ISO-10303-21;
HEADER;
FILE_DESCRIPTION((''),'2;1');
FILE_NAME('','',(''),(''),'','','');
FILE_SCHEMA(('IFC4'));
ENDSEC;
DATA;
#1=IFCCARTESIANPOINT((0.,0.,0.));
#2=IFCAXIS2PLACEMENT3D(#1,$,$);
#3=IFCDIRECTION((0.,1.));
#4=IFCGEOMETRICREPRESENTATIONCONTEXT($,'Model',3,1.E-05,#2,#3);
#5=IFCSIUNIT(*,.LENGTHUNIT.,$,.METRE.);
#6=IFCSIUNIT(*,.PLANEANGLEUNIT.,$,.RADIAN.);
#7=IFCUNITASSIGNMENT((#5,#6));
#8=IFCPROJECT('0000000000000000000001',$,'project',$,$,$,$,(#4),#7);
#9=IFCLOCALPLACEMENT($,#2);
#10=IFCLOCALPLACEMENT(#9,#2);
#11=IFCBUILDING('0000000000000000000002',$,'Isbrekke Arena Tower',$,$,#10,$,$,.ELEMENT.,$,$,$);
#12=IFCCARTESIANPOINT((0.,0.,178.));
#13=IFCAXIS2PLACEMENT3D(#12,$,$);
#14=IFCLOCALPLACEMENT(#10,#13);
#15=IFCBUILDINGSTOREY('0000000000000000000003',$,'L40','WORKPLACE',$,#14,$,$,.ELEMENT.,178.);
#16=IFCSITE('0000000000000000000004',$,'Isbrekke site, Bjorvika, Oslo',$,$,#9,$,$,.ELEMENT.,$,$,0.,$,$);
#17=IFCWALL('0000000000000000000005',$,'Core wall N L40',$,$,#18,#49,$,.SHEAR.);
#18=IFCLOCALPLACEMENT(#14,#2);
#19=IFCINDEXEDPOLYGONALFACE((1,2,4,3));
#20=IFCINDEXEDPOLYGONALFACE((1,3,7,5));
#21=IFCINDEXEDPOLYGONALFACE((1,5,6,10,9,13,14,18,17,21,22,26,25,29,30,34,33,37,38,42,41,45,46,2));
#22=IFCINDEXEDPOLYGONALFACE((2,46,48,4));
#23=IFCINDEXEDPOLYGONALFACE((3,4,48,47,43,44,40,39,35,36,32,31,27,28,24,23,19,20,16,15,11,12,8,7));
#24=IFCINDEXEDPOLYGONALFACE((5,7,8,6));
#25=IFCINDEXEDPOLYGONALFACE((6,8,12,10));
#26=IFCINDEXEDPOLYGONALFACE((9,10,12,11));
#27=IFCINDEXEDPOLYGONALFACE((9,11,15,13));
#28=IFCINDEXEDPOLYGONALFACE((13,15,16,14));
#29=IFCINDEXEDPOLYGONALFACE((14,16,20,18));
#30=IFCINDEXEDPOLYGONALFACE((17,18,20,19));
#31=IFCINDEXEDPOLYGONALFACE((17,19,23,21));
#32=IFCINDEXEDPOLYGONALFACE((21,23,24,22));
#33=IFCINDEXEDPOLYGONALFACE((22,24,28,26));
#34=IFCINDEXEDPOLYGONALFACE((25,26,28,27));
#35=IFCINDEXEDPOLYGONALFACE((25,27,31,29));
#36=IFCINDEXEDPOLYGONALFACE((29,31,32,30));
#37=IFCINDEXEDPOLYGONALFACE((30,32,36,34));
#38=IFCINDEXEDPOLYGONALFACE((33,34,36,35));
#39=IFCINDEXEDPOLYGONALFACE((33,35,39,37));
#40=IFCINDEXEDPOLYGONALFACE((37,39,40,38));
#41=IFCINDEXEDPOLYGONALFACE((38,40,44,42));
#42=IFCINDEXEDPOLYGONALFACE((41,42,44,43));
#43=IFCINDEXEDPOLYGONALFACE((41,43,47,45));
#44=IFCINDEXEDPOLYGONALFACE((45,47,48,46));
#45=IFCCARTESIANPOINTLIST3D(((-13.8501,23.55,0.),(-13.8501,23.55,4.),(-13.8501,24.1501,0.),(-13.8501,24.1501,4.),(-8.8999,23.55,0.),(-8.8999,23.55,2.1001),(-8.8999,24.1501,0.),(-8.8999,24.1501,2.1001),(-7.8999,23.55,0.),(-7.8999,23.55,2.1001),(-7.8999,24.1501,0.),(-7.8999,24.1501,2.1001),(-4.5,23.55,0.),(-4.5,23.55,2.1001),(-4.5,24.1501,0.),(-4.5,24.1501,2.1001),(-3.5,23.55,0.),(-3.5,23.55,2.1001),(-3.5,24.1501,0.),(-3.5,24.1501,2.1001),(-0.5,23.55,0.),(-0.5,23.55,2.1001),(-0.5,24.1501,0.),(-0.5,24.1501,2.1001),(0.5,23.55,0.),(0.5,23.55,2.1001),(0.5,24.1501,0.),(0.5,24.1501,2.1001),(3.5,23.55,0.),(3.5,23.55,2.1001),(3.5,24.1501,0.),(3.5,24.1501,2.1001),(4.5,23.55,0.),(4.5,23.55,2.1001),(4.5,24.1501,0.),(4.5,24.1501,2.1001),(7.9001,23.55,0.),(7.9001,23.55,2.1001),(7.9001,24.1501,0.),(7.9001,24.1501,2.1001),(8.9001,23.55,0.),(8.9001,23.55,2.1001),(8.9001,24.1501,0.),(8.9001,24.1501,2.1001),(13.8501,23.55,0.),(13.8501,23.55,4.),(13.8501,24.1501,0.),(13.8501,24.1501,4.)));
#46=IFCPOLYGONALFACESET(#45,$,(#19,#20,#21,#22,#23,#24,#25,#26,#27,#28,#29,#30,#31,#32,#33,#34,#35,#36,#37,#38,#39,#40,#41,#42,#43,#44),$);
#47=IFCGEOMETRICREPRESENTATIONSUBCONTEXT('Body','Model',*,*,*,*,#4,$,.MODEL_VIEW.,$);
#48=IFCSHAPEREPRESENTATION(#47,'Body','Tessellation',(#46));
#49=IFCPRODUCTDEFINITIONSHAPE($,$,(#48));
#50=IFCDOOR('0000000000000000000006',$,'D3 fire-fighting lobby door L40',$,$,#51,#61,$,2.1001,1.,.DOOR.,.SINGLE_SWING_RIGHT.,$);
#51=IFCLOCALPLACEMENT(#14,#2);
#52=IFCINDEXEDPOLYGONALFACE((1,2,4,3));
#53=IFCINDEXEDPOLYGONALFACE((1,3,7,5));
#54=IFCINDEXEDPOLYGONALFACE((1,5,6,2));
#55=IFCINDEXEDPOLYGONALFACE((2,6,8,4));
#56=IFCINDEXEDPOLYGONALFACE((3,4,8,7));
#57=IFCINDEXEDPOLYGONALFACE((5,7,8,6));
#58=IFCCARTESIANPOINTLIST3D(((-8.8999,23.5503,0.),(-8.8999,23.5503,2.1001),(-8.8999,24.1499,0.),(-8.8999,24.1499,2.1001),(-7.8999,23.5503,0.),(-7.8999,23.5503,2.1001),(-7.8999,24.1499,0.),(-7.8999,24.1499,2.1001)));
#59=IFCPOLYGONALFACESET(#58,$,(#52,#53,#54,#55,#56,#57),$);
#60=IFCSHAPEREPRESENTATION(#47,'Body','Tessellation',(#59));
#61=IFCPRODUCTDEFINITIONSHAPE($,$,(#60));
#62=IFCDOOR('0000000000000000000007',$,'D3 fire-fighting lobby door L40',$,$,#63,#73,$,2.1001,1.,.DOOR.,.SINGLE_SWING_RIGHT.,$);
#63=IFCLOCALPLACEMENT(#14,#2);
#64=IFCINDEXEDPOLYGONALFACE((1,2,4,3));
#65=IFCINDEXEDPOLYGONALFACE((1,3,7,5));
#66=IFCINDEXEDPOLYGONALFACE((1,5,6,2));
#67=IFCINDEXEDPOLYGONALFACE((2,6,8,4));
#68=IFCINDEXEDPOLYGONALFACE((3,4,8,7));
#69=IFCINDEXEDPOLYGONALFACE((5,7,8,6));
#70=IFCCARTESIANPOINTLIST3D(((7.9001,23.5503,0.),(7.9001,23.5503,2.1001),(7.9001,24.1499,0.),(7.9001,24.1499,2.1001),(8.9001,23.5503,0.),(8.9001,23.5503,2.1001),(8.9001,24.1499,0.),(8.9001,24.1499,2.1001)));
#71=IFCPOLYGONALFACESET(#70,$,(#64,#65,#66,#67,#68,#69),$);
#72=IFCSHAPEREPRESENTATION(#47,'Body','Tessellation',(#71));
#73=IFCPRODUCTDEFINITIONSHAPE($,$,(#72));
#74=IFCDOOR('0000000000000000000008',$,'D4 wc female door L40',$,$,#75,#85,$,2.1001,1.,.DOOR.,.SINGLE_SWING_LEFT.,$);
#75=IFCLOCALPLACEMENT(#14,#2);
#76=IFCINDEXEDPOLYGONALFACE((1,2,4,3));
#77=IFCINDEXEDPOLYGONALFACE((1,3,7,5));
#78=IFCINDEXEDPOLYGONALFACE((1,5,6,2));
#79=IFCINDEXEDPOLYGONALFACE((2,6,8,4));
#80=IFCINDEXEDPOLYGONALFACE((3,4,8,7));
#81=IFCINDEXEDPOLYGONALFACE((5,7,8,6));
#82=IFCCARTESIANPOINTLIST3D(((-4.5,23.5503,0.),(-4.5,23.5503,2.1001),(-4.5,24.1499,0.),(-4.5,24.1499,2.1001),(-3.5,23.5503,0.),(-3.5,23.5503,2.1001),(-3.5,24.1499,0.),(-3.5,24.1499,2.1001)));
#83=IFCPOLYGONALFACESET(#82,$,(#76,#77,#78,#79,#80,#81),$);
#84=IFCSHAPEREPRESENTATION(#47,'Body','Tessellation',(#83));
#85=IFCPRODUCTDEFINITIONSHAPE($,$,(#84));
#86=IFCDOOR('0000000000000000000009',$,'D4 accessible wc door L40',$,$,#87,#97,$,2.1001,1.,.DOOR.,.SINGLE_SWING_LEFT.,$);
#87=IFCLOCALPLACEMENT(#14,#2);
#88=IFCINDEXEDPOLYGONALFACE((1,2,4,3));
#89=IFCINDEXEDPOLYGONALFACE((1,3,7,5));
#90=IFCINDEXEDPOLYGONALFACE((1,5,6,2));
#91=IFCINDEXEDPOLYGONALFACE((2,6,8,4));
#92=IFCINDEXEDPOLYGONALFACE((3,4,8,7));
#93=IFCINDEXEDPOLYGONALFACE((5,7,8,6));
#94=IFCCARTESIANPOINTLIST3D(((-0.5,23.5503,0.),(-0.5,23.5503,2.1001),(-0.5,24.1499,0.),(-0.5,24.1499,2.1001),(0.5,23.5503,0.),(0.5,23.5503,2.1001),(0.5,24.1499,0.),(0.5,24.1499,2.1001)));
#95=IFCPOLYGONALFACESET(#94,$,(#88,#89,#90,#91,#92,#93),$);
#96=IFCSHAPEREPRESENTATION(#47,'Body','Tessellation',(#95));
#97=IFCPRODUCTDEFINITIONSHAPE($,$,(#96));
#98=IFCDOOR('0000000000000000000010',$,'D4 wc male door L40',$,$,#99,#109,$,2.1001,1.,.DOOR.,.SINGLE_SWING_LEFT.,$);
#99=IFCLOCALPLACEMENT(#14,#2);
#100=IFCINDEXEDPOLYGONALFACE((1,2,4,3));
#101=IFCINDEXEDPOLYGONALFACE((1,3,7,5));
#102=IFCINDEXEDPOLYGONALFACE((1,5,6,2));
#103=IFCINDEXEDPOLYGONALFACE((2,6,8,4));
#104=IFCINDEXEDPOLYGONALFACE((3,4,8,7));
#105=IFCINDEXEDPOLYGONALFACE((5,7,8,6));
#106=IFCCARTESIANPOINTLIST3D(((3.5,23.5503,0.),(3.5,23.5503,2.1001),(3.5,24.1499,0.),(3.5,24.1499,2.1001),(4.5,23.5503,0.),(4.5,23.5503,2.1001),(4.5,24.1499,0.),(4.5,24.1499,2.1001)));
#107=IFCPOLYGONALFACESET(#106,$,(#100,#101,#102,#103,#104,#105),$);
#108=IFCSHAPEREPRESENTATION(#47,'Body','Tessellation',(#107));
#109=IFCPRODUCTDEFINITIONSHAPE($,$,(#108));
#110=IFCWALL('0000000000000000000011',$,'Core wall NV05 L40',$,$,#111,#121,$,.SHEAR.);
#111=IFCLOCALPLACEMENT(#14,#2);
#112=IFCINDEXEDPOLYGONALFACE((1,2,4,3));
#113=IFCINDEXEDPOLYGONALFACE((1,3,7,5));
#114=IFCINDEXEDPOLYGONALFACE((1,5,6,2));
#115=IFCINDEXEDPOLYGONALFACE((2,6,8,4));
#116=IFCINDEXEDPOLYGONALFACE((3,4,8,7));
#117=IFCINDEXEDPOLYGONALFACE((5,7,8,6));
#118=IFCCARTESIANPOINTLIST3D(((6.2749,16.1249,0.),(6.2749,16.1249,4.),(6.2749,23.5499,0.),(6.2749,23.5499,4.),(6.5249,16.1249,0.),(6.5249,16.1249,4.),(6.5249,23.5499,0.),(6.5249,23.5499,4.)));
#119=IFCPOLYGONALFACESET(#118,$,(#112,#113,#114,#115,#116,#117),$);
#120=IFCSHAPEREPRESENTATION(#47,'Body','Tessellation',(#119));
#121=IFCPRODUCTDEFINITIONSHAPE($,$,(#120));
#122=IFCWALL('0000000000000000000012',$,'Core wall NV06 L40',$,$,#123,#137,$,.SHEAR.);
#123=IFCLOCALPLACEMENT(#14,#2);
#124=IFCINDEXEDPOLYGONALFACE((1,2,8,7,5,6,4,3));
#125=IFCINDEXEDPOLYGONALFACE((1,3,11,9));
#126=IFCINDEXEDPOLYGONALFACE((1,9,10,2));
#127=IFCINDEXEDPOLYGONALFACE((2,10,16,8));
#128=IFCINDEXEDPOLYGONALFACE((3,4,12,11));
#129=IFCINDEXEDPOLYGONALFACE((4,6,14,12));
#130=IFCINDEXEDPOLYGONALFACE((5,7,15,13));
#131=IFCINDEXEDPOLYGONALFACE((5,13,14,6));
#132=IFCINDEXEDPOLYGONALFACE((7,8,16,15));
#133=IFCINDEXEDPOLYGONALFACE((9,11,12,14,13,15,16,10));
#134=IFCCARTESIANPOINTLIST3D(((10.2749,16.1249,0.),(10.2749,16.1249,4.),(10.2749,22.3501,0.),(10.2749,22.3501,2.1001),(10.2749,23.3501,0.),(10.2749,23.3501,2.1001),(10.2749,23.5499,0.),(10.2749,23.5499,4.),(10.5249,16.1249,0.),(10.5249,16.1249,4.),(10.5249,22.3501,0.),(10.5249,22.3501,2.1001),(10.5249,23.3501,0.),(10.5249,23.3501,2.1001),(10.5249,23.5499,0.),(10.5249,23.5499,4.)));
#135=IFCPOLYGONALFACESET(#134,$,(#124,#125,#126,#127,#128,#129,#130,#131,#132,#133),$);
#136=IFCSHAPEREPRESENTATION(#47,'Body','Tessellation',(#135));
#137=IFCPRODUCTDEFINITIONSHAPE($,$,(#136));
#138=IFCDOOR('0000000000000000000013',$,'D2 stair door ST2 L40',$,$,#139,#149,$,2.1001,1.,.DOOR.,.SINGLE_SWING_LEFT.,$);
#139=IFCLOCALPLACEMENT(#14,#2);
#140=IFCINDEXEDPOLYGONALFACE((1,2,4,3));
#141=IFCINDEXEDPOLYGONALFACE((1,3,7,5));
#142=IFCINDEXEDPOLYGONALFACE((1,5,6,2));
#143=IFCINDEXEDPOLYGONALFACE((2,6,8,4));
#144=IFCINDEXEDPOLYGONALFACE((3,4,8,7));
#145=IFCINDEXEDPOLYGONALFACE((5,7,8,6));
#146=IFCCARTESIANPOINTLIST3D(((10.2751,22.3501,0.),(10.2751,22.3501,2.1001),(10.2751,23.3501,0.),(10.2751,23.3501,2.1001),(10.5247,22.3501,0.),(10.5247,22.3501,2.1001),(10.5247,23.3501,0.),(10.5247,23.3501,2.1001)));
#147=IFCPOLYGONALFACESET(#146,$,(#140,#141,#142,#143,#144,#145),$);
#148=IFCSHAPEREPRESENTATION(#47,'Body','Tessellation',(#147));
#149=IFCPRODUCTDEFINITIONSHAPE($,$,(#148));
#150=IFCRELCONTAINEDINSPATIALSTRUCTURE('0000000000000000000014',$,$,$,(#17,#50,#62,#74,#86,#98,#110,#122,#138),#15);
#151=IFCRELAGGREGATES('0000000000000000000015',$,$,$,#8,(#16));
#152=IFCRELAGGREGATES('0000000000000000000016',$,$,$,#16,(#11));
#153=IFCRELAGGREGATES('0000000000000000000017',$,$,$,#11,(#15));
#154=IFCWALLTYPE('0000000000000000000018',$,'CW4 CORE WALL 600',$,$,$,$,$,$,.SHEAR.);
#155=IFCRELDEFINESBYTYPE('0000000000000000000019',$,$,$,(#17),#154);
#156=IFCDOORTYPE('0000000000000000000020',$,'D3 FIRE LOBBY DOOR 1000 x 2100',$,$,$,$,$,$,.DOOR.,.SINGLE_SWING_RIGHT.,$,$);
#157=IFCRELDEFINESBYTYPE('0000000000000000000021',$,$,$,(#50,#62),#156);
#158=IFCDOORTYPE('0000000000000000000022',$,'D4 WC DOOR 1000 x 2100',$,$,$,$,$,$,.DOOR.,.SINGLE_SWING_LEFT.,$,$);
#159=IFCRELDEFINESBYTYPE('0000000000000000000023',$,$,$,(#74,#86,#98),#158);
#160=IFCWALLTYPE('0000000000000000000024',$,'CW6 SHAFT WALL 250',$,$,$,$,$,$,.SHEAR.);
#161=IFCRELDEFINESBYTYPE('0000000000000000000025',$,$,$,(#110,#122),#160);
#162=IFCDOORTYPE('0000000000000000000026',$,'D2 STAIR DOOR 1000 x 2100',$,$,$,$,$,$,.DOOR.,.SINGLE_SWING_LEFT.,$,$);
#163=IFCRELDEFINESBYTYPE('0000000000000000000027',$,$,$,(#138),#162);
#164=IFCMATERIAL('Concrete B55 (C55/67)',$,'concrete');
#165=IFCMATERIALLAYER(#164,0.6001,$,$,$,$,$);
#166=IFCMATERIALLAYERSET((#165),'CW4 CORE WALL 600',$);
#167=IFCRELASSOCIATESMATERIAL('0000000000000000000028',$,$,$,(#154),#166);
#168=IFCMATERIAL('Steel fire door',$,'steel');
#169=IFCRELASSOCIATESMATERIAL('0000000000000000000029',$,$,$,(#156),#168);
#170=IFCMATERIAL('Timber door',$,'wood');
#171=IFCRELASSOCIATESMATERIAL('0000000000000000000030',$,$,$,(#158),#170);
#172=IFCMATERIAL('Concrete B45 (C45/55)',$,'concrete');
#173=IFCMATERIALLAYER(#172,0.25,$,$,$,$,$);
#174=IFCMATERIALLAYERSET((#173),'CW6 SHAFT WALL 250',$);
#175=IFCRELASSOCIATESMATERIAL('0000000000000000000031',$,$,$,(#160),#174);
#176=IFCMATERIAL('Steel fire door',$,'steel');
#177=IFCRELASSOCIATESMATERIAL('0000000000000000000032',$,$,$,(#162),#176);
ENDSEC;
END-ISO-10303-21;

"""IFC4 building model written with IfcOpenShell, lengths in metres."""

from ifc_helpers import new_model, si_unit, direction, frame, frame_2d, origin, place, context, subcontext, project, spatial, rectangle, extrude, material, layer, layer_set, type_object, element, fill, save


model = new_model("IFC4")

# Units and contexts
model_context = context("Model", 3, precision=1e-05, world=origin(), true_north=direction((0.0, 1.0)))
body_context = subcontext(model_context, "Body", "Model", "MODEL_VIEW")
ifc_project = project(units=[si_unit("LENGTHUNIT", "METRE"), si_unit("PLANEANGLEUNIT", "RADIAN")], contexts=[model_context])

# Site, building, storey
site_placement = place(None, origin())
site = spatial("IfcSite", under=ifc_project, at=site_placement, Name="Isbrekke site, Bjorvika, Oslo", CompositionType="ELEMENT", RefElevation=0.0)
building_placement = place(site_placement, origin())
building = spatial("IfcBuilding", under=site, at=building_placement, Name="Isbrekke Arena Tower", CompositionType="ELEMENT")
storey_placement = place(building_placement, frame((0.0, 0.0, 178.0)))
storey = spatial("IfcBuildingStorey", under=building, at=storey_placement, Name="L40", Description="WORKPLACE", CompositionType="ELEMENT", Elevation=178.0)

# Wall, openings, doors
ifc_material_1 = material(Name="Concrete B55 (C55/67)", Category="concrete")
ifc_layer_1 = layer(ifc_material_1, 0.6001)
ifc_layer_set_1 = layer_set([ifc_layer_1], Name="CW4 CORE WALL 600")
wall_type_1 = type_object("IfcWallType", Name="CW4 CORE WALL 600", PredefinedType="SHEAR", material=ifc_layer_set_1)
wall_1_placement = place(storey_placement, frame((13.8501, 23.8501, 0.0), z_axis=(0.0, 0.0, 1.0), x_axis=(-1.0, 0.0, 0.0)))
wall_1 = element("IfcWall", 1, at=wall_1_placement, inside=storey, type_object=wall_type_1, Name="Core wall N L40", PredefinedType="SHEAR", context=body_context, shape_type="SweptSolid", body=[
    extrude(rectangle(XDim=27.7002, YDim=0.6001, at=frame_2d((13.8501, 0.0))), origin(), (0.0, 0.0, 1.0), 4.0),
])
opening_1_placement = place(wall_1_placement, frame((21.75, 0.0, 0.0)))
opening_1 = element("IfcOpeningElement", 2, at=opening_1_placement, cuts=wall_1, PredefinedType="OPENING", context=body_context, shape_type="SweptSolid", body=[
    extrude(rectangle(XDim=1.0, YDim=2.1001, at=frame_2d((0.5, 1.05))), frame((0.0, 0.3149, 0.0), z_axis=(0.0, -1.0, 0.0), x_axis=(1.0, 0.0, 0.0)), (0.0, 0.0, 1.0), 0.6299),
])
opening_2_placement = place(wall_1_placement, frame((4.95, 0.0, 0.0)))
opening_2 = element("IfcOpeningElement", 3, at=opening_2_placement, cuts=wall_1, PredefinedType="OPENING", context=body_context, shape_type="SweptSolid", body=[
    extrude(rectangle(XDim=1.0, YDim=2.1001, at=frame_2d((0.5, 1.05))), frame((0.0, 0.3149, 0.0), z_axis=(0.0, -1.0, 0.0), x_axis=(1.0, 0.0, 0.0)), (0.0, 0.0, 1.0), 0.6299),
])
opening_3_placement = place(wall_1_placement, frame((17.3501, 0.0, 0.0)))
opening_3 = element("IfcOpeningElement", 4, at=opening_3_placement, cuts=wall_1, PredefinedType="OPENING", context=body_context, shape_type="SweptSolid", body=[
    extrude(rectangle(XDim=1.0, YDim=2.1001, at=frame_2d((0.5, 1.05))), frame((0.0, 0.3149, 0.0), z_axis=(0.0, -1.0, 0.0), x_axis=(1.0, 0.0, 0.0)), (0.0, 0.0, 1.0), 0.6299),
])
opening_4_placement = place(wall_1_placement, frame((13.3501, 0.0, 0.0)))
opening_4 = element("IfcOpeningElement", 5, at=opening_4_placement, cuts=wall_1, PredefinedType="OPENING", context=body_context, shape_type="SweptSolid", body=[
    extrude(rectangle(XDim=1.0, YDim=2.1001, at=frame_2d((0.5, 1.05))), frame((0.0, 0.3149, 0.0), z_axis=(0.0, -1.0, 0.0), x_axis=(1.0, 0.0, 0.0)), (0.0, 0.0, 1.0), 0.6299),
])
opening_5_placement = place(wall_1_placement, frame((9.3501, 0.0, 0.0)))
opening_5 = element("IfcOpeningElement", 6, at=opening_5_placement, cuts=wall_1, PredefinedType="OPENING", context=body_context, shape_type="SweptSolid", body=[
    extrude(rectangle(XDim=1.0, YDim=2.1001, at=frame_2d((0.5, 1.05))), frame((0.0, 0.3149, 0.0), z_axis=(0.0, -1.0, 0.0), x_axis=(1.0, 0.0, 0.0)), (0.0, 0.0, 1.0), 0.6299),
])
ifc_material_2 = material(Name="Steel fire door", Category="steel")
door_type_1 = type_object("IfcDoorType", Name="D3 FIRE LOBBY DOOR 1000 x 2100", OperationType="SINGLE_SWING_RIGHT", PredefinedType="DOOR", material=ifc_material_2)
door_1_placement = place(opening_1_placement, origin())
door_1 = element("IfcDoor", 7, at=door_1_placement, inside=storey, type_object=door_type_1, Name="D3 fire-fighting lobby door L40", OperationType="SINGLE_SWING_RIGHT", OverallHeight=2.1001, OverallWidth=1.0, PredefinedType="DOOR", context=body_context, shape_type="SweptSolid", body=[
    extrude(rectangle(XDim=1.0, YDim=2.1001, at=frame_2d((0.5, 1.05))), frame((0.0, 0.2998, 0.0), z_axis=(0.0, -1.0, 0.0), x_axis=(1.0, 0.0, 0.0)), (0.0, 0.0, 1.0), 0.5996),
])
fill(opening_1, door_1)
door_2_placement = place(opening_2_placement, origin())
door_2 = element("IfcDoor", 8, at=door_2_placement, inside=storey, type_object=door_type_1, Name="D3 fire-fighting lobby door L40", OperationType="SINGLE_SWING_RIGHT", OverallHeight=2.1001, OverallWidth=1.0, PredefinedType="DOOR", context=body_context, shape_type="SweptSolid", body=[
    extrude(rectangle(XDim=1.0, YDim=2.1001, at=frame_2d((0.5, 1.05))), frame((0.0, 0.2998, 0.0), z_axis=(0.0, -1.0, 0.0), x_axis=(1.0, 0.0, 0.0)), (0.0, 0.0, 1.0), 0.5996),
])
fill(opening_2, door_2)
ifc_material_3 = material(Name="Timber door", Category="wood")
door_type_2 = type_object("IfcDoorType", Name="D4 WC DOOR 1000 x 2100", OperationType="SINGLE_SWING_LEFT", PredefinedType="DOOR", material=ifc_material_3)
door_3_placement = place(opening_3_placement, origin())
door_3 = element("IfcDoor", 9, at=door_3_placement, inside=storey, type_object=door_type_2, Name="D4 wc female door L40", OperationType="SINGLE_SWING_LEFT", OverallHeight=2.1001, OverallWidth=1.0, PredefinedType="DOOR", context=body_context, shape_type="SweptSolid", body=[
    extrude(rectangle(XDim=1.0, YDim=2.1001, at=frame_2d((0.5, 1.05))), frame((0.0, 0.2998, 0.0), z_axis=(0.0, -1.0, 0.0), x_axis=(1.0, 0.0, 0.0)), (0.0, 0.0, 1.0), 0.5996),
])
fill(opening_3, door_3)
door_4_placement = place(opening_4_placement, origin())
door_4 = element("IfcDoor", 10, at=door_4_placement, inside=storey, type_object=door_type_2, Name="D4 accessible wc door L40", OperationType="SINGLE_SWING_LEFT", OverallHeight=2.1001, OverallWidth=1.0, PredefinedType="DOOR", context=body_context, shape_type="SweptSolid", body=[
    extrude(rectangle(XDim=1.0, YDim=2.1001, at=frame_2d((0.5, 1.05))), frame((0.0, 0.2998, 0.0), z_axis=(0.0, -1.0, 0.0), x_axis=(1.0, 0.0, 0.0)), (0.0, 0.0, 1.0), 0.5996),
])
fill(opening_4, door_4)
door_5_placement = place(opening_5_placement, origin())
door_5 = element("IfcDoor", 11, at=door_5_placement, inside=storey, type_object=door_type_2, Name="D4 wc male door L40", OperationType="SINGLE_SWING_LEFT", OverallHeight=2.1001, OverallWidth=1.0, PredefinedType="DOOR", context=body_context, shape_type="SweptSolid", body=[
    extrude(rectangle(XDim=1.0, YDim=2.1001, at=frame_2d((0.5, 1.05))), frame((0.0, 0.2998, 0.0), z_axis=(0.0, -1.0, 0.0), x_axis=(1.0, 0.0, 0.0)), (0.0, 0.0, 1.0), 0.5996),
])
fill(opening_5, door_5)

# Wall
ifc_material_4 = material(Name="Concrete B45 (C45/55)", Category="concrete")
ifc_layer_2 = layer(ifc_material_4, 0.25)
ifc_layer_set_2 = layer_set([ifc_layer_2], Name="CW6 SHAFT WALL 250")
wall_type_2 = type_object("IfcWallType", Name="CW6 SHAFT WALL 250", PredefinedType="SHEAR", material=ifc_layer_set_2)
wall_2_placement = place(storey_placement, frame((6.3999, 16.125, 0.0), z_axis=(0.0, 0.0, 1.0), x_axis=(0.0, 1.0, 0.0)))
element("IfcWall", 12, at=wall_2_placement, inside=storey, type_object=wall_type_2, Name="Core wall NV05 L40", PredefinedType="SHEAR", context=body_context, shape_type="SweptSolid", body=[
    extrude(rectangle(XDim=7.425, YDim=0.25, at=frame_2d((3.7124, 0.0))), origin(), (0.0, 0.0, 1.0), 4.0),
])

# Wall, opening, door
wall_3_placement = place(storey_placement, frame((10.3999, 16.125, 0.0), z_axis=(0.0, 0.0, 1.0), x_axis=(0.0, 1.0, 0.0)))
wall_3 = element("IfcWall", 13, at=wall_3_placement, inside=storey, type_object=wall_type_2, Name="Core wall NV06 L40", PredefinedType="SHEAR", context=body_context, shape_type="SweptSolid", body=[
    extrude(rectangle(XDim=7.425, YDim=0.25, at=frame_2d((3.7124, 0.0))), origin(), (0.0, 0.0, 1.0), 4.0),
])
opening_6_placement = place(wall_3_placement, frame((6.2251, 0.0, 0.0)))
opening_6 = element("IfcOpeningElement", 14, at=opening_6_placement, cuts=wall_3, PredefinedType="OPENING", context=body_context, shape_type="SweptSolid", body=[
    extrude(rectangle(XDim=1.0, YDim=2.1001, at=frame_2d((0.5, 1.05))), frame((0.0, 0.1399, 0.0), z_axis=(0.0, -1.0, 0.0), x_axis=(1.0, 0.0, 0.0)), (0.0, 0.0, 1.0), 0.2798),
])
ifc_material_5 = material(Name="Steel fire door", Category="steel")
door_type_3 = type_object("IfcDoorType", Name="D2 STAIR DOOR 1000 x 2100", OperationType="SINGLE_SWING_LEFT", PredefinedType="DOOR", material=ifc_material_5)
door_6_placement = place(opening_6_placement, origin())
door_6 = element("IfcDoor", 15, at=door_6_placement, inside=storey, type_object=door_type_3, Name="D2 stair door ST2 L40", OperationType="SINGLE_SWING_LEFT", OverallHeight=2.1001, OverallWidth=1.0, PredefinedType="DOOR", context=body_context, shape_type="SweptSolid", body=[
    extrude(rectangle(XDim=1.0, YDim=2.1001, at=frame_2d((0.5, 1.05))), frame((0.0, 0.1248, 0.0), z_axis=(0.0, -1.0, 0.0), x_axis=(1.0, 0.0, 0.0)), (0.0, 0.0, 1.0), 0.2495),
])
fill(opening_6, door_6)

save(model, "model.ifc")
